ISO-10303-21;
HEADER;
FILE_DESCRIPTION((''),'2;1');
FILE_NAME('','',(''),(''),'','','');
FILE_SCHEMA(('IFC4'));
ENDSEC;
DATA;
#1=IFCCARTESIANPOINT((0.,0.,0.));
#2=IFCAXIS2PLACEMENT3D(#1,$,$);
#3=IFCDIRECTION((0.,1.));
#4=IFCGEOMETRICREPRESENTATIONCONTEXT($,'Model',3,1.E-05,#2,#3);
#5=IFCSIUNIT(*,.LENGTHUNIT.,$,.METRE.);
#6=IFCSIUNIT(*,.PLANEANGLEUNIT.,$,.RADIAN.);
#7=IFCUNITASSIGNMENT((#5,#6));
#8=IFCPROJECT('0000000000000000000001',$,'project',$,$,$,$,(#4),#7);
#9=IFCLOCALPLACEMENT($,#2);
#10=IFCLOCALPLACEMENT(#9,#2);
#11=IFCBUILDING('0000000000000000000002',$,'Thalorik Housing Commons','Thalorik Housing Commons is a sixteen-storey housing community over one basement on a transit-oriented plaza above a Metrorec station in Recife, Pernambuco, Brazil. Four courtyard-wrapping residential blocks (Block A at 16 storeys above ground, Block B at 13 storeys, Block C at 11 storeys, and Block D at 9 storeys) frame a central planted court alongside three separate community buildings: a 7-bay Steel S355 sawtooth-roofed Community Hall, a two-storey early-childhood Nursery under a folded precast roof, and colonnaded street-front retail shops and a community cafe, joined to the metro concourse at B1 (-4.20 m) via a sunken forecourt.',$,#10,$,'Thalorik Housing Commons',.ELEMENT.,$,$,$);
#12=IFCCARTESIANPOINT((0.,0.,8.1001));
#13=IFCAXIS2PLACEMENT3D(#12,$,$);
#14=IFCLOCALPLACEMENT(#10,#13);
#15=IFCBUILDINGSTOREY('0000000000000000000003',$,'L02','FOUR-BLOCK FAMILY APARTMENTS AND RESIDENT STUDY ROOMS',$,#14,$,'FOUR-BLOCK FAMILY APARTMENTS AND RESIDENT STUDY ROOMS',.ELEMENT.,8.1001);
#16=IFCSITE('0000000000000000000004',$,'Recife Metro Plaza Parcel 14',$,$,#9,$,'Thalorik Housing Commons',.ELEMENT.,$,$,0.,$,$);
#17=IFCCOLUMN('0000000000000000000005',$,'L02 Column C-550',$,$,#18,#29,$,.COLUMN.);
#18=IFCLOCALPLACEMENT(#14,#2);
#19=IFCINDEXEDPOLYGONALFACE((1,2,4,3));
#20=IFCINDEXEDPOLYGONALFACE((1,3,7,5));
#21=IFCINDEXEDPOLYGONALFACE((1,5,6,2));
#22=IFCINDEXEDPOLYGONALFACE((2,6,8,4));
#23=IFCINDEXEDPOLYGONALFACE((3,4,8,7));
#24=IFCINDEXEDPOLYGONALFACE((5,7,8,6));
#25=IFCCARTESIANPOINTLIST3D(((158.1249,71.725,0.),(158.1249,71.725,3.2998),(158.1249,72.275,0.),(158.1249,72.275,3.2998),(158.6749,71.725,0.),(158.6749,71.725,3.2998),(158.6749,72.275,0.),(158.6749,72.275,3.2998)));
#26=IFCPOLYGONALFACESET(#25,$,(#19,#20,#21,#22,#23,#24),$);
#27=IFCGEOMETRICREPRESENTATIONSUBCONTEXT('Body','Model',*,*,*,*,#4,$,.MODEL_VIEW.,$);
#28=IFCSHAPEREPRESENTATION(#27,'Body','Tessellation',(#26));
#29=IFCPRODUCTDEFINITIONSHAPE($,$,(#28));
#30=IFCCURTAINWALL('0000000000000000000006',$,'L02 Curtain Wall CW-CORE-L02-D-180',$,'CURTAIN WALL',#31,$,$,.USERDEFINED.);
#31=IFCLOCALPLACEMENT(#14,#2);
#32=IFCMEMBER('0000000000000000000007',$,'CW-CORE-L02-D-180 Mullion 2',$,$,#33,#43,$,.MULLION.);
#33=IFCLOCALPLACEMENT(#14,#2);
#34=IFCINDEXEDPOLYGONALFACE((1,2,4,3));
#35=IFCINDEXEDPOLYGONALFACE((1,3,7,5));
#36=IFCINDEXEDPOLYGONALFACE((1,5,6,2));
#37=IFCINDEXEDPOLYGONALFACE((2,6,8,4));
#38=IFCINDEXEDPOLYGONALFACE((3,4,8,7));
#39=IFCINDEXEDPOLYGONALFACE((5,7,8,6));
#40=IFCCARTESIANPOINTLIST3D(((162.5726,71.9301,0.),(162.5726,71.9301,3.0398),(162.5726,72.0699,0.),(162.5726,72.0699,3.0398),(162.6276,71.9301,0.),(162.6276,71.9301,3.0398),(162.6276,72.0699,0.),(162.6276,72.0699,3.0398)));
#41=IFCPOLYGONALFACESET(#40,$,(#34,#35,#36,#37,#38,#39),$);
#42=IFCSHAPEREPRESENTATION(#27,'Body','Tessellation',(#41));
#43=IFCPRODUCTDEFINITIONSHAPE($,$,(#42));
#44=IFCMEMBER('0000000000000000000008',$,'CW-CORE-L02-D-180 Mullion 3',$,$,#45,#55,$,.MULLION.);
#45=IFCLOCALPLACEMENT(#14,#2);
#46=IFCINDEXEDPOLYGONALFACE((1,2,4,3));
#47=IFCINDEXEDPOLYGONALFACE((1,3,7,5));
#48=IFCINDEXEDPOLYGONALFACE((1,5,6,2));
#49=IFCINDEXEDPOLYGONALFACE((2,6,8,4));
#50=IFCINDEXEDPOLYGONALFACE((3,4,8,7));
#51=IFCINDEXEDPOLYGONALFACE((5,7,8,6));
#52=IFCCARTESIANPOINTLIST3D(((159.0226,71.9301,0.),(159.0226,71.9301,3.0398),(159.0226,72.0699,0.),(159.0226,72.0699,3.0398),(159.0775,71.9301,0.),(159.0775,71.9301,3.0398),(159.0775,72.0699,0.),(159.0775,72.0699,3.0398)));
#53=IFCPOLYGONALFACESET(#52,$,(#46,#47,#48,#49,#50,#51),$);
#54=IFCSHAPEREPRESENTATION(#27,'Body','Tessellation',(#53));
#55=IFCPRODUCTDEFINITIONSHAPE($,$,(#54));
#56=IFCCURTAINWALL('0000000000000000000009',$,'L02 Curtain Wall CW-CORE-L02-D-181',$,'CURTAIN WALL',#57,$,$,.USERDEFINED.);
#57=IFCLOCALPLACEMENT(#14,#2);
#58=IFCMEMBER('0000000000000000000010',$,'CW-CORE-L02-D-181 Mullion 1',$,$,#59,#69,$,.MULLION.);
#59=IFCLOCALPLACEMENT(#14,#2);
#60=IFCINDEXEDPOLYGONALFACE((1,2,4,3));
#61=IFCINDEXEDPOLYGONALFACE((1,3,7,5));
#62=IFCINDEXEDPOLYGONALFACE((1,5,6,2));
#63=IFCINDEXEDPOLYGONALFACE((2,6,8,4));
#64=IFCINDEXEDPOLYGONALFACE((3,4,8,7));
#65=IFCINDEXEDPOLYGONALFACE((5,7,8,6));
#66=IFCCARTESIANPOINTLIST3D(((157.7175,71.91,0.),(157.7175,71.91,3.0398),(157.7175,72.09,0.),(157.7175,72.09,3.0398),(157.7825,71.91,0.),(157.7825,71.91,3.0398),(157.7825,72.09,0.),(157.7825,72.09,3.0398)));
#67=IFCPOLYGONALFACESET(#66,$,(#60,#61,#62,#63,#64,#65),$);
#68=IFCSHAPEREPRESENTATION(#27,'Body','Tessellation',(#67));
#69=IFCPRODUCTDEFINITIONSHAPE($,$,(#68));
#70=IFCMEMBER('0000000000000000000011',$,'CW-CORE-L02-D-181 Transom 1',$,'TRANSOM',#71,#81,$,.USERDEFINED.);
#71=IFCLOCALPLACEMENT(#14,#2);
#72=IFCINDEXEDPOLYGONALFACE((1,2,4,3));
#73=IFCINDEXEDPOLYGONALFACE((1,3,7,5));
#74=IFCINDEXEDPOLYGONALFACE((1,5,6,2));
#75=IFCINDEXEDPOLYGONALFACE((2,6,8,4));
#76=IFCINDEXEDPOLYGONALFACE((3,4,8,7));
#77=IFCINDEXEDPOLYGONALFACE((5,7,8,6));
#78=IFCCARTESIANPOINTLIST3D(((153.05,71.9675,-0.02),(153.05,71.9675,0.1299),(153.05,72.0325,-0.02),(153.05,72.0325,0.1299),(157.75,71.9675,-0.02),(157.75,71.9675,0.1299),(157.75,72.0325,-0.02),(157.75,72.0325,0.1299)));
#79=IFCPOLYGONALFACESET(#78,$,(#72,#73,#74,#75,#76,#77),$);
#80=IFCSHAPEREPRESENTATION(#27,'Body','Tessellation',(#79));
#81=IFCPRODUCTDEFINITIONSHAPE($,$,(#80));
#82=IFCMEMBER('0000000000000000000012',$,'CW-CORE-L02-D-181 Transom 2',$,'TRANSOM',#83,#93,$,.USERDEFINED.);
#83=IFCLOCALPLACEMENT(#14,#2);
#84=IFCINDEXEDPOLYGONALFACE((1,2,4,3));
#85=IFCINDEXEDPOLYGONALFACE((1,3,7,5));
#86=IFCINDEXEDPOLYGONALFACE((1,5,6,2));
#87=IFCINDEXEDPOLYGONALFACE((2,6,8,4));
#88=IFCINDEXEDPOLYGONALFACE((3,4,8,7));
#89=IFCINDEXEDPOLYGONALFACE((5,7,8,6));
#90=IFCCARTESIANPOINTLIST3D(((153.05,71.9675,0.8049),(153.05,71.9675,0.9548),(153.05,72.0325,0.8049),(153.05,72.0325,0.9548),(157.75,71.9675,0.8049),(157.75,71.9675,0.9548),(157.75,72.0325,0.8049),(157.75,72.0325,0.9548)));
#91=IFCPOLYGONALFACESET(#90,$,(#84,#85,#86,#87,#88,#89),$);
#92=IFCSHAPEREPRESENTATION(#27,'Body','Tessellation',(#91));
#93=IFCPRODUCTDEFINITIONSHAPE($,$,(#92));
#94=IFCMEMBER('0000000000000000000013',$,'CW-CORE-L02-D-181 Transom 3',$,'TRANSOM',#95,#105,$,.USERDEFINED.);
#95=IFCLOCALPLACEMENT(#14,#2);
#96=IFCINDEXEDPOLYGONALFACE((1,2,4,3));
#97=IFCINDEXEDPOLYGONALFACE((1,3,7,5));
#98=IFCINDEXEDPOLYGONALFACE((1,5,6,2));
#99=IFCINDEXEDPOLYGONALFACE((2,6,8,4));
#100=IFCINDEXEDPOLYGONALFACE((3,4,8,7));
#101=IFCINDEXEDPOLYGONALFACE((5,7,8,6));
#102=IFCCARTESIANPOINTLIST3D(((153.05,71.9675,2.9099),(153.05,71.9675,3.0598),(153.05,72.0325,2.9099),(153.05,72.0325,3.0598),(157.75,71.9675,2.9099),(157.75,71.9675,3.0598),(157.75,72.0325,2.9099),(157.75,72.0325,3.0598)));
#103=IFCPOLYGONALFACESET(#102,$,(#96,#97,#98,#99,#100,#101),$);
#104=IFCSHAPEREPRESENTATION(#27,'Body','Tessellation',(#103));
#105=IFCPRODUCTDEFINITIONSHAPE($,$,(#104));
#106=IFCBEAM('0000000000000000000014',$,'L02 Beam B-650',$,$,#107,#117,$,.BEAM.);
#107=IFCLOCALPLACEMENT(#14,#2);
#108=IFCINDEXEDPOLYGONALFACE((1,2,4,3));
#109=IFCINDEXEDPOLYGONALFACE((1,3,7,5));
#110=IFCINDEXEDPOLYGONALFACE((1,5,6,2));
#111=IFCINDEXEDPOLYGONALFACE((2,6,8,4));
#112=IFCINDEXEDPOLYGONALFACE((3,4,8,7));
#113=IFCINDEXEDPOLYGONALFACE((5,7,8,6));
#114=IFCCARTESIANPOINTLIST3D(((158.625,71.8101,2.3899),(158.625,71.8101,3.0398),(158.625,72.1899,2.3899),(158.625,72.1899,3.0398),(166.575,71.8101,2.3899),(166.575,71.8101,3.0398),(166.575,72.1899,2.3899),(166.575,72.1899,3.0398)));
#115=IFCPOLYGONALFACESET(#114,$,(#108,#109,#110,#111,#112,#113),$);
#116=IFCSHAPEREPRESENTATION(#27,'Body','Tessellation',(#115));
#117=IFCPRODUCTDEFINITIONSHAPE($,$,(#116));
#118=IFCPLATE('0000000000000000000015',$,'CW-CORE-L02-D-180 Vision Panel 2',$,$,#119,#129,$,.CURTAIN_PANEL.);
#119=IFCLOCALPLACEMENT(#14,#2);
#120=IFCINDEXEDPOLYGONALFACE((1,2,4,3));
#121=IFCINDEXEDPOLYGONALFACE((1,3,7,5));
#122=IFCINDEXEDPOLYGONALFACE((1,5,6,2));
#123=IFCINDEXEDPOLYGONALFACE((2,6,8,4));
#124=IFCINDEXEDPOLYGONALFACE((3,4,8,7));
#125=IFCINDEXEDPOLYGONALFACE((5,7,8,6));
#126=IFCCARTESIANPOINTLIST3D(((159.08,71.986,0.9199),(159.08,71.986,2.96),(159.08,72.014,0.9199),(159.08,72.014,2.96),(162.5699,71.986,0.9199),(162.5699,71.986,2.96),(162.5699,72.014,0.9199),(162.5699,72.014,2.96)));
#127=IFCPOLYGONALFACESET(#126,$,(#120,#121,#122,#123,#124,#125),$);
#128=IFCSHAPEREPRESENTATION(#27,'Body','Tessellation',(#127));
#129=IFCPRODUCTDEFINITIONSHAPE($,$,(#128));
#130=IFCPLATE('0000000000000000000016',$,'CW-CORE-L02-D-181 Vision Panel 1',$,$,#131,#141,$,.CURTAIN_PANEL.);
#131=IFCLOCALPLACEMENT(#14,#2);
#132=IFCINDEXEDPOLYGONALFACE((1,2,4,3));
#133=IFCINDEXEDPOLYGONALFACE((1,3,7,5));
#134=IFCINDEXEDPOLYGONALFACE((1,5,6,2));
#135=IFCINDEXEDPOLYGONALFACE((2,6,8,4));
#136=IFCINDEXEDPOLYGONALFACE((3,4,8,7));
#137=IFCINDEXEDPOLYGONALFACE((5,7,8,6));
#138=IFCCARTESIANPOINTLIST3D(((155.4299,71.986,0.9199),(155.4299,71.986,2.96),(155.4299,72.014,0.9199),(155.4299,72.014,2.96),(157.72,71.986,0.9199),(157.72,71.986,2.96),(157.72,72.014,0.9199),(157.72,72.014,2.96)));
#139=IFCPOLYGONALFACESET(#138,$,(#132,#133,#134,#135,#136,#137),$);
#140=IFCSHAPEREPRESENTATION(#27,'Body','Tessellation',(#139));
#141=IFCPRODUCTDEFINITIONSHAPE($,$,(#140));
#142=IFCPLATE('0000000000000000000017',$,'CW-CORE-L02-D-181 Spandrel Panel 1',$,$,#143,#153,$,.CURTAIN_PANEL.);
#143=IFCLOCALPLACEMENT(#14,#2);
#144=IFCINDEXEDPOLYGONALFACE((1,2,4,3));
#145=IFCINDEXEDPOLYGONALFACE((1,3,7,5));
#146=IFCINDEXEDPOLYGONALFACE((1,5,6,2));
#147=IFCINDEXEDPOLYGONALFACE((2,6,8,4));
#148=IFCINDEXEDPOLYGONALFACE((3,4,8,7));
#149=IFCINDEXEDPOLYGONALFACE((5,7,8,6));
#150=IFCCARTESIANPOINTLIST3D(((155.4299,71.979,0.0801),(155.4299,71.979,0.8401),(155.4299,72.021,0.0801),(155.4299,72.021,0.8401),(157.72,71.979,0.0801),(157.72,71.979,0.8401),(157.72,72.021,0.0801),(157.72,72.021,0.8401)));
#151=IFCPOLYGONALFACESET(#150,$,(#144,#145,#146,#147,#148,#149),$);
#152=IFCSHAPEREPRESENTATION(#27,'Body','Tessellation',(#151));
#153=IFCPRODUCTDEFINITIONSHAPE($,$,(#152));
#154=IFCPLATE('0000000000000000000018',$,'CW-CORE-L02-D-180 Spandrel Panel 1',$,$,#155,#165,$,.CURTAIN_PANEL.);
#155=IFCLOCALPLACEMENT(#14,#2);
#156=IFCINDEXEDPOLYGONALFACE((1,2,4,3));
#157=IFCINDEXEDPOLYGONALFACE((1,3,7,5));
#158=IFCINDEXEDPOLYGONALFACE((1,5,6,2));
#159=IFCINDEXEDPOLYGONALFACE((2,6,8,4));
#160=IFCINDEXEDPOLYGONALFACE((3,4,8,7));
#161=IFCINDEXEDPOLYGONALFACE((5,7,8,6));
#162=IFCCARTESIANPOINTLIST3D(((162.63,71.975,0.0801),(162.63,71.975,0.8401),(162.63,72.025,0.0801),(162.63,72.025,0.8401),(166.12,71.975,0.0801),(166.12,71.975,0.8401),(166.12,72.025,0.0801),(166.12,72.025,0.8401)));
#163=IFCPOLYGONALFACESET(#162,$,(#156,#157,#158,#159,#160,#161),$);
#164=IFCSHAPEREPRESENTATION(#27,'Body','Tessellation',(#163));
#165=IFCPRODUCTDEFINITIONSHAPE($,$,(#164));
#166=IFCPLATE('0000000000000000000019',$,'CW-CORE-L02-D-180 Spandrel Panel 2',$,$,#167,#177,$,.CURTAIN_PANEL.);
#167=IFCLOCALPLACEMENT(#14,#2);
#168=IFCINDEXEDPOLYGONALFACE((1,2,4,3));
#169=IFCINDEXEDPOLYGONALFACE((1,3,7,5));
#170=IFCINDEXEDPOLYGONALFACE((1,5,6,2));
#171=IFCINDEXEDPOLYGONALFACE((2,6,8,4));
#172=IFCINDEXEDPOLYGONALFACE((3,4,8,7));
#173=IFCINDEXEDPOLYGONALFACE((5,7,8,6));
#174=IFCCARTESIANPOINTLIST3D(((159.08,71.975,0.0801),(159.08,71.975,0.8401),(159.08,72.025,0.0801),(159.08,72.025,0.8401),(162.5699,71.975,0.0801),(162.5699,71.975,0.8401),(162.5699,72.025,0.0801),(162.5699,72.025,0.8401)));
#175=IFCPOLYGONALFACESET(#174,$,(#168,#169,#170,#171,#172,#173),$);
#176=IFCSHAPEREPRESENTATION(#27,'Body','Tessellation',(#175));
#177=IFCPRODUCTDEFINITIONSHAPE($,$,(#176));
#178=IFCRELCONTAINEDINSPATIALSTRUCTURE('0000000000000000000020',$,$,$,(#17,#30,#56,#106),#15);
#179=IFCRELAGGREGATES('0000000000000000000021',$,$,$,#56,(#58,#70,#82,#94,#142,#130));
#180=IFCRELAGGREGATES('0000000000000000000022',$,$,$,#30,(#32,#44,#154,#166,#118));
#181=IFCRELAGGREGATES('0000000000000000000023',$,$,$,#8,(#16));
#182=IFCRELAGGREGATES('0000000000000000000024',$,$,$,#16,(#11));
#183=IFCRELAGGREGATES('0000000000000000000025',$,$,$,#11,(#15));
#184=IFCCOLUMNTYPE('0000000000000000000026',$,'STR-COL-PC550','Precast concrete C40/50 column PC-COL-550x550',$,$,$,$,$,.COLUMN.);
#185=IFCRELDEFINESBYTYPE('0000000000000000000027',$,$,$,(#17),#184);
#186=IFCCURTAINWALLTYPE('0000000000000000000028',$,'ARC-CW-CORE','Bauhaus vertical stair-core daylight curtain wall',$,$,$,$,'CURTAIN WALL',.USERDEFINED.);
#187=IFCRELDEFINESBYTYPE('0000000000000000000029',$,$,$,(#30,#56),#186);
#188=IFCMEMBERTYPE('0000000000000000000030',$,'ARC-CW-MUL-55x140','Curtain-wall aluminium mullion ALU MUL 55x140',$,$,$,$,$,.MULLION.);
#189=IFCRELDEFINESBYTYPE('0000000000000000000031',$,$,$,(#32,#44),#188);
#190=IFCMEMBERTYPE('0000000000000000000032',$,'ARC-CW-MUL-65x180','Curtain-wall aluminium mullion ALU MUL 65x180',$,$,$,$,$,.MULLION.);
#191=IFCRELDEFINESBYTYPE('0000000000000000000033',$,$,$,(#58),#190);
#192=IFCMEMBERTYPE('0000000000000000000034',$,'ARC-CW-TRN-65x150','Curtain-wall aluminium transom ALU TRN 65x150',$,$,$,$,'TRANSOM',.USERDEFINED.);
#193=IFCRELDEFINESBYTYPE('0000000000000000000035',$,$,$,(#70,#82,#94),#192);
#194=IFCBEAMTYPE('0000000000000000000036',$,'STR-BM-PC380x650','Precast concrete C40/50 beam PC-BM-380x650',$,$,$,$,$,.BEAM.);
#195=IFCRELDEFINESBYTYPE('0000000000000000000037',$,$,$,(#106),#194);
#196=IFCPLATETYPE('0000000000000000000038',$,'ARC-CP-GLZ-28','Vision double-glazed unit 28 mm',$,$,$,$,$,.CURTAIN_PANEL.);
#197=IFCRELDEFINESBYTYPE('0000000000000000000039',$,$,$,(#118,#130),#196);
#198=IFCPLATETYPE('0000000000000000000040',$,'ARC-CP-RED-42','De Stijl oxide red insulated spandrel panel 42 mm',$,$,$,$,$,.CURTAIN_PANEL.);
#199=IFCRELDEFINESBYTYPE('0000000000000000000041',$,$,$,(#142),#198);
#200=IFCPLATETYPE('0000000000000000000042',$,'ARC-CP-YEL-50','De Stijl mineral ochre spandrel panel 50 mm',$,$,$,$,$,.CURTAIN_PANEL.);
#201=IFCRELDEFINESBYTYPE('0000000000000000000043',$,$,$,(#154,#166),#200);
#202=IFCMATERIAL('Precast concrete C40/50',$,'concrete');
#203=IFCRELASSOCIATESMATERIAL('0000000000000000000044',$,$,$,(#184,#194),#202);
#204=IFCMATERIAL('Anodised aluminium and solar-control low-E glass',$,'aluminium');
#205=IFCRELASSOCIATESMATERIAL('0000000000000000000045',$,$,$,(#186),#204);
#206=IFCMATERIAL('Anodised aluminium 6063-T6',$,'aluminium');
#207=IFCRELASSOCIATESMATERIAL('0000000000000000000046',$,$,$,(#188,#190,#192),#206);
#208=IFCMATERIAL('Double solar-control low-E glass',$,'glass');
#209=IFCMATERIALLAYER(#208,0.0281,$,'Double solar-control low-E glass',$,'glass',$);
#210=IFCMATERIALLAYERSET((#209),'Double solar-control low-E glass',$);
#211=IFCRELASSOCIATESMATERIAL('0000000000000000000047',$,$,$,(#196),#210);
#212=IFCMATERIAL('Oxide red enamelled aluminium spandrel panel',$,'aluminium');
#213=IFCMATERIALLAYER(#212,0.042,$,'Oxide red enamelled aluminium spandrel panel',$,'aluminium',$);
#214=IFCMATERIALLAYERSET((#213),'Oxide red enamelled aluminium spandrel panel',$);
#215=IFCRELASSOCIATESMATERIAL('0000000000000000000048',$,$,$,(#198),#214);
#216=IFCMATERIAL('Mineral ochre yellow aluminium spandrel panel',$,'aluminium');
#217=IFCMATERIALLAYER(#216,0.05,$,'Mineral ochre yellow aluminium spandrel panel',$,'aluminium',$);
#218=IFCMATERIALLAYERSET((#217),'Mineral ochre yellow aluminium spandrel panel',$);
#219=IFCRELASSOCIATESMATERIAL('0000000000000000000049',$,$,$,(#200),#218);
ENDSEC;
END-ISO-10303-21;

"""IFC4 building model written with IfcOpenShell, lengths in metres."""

from ifc_helpers import new_model, si_unit, direction, frame, origin, origin_2d, place, context, subcontext, project, spatial, rectangle, extrude, material, layer, layer_set, material_profile, profile_set, type_object, element, aggregate, save


model = new_model("IFC4")

# Units and contexts
model_context = context("Model", 3, precision=1e-05, world=origin(), true_north=direction((0.0, 1.0)))
body_context = subcontext(model_context, "Body", "Model", "MODEL_VIEW")
ifc_project = project(units=[si_unit("LENGTHUNIT", "METRE"), si_unit("PLANEANGLEUNIT", "RADIAN")], contexts=[model_context])

# Site, building, storey
site_placement = place(None, origin())
site = spatial("IfcSite", under=ifc_project, at=site_placement, Name="Recife Metro Plaza Parcel 14", LongName="Thalorik Housing Commons", CompositionType="ELEMENT", RefElevation=0.0)
building_placement = place(site_placement, origin())
building = spatial("IfcBuilding", under=site, at=building_placement, Name="Thalorik Housing Commons", Description="Thalorik Housing Commons is a sixteen-storey housing community over one basement on a transit-oriented plaza above a Metrorec station in Recife, Pernambuco, Brazil. Four courtyard-wrapping residential blocks (Block A at 16 storeys above ground, Block B at 13 storeys, Block C at 11 storeys, and Block D at 9 storeys) frame a central planted court alongside three separate community buildings: a 7-bay Steel S355 sawtooth-roofed Community Hall, a two-storey early-childhood Nursery under a folded precast roof, and colonnaded street-front retail shops and a community cafe, joined to the metro concourse at B1 (-4.20 m) via a sunken forecourt.", LongName="Thalorik Housing Commons", CompositionType="ELEMENT")
storey_placement = place(building_placement, frame((0.0, 0.0, 8.1001)))
storey = spatial("IfcBuildingStorey", under=building, at=storey_placement, Name="L02", Description="FOUR-BLOCK FAMILY APARTMENTS AND RESIDENT STUDY ROOMS", LongName="FOUR-BLOCK FAMILY APARTMENTS AND RESIDENT STUDY ROOMS", CompositionType="ELEMENT", Elevation=8.1001)

# Column
ifc_material_1 = material(Name="Precast concrete C40/50", Category="concrete")
ifc_material_profile_1 = material_profile(ifc_material_1, rectangle(XDim=0.55, YDim=0.55, at=origin_2d()), Name="PC 550x550", Category="concrete")
ifc_profile_set_1 = profile_set([ifc_material_profile_1], Name="Precast concrete C40/50")
column_type = type_object("IfcColumnType", Name="STR-COL-PC550", Description="Precast concrete C40/50 column PC-COL-550x550", PredefinedType="COLUMN", material=ifc_profile_set_1)
column_placement = place(storey_placement, frame((158.3999, 72.0, 0.0), z_axis=(0.0, 0.0, 1.0), x_axis=(1.0, 0.0, 0.0)))
element("IfcColumn", 1, at=column_placement, inside=storey, type_object=column_type, Name="L02 Column C-550", PredefinedType="COLUMN", context=body_context, shape_type="SweptSolid", body=[
    extrude(rectangle(XDim=0.55, YDim=0.55, at=origin_2d()), origin(), (0.0, 0.0, 1.0), 3.2998),
])

# Curtain walls, members
ifc_material_2 = material(Name="Anodised aluminium and solar-control low-E glass", Category="aluminium")
curtain_wall_type = type_object("IfcCurtainWallType", Name="ARC-CW-CORE", Description="Bauhaus vertical stair-core daylight curtain wall", ElementType="CURTAIN WALL", PredefinedType="USERDEFINED", material=ifc_material_2)
curtain_wall_1_placement = place(storey_placement, origin())
curtain_wall_1 = element("IfcCurtainWall", 2, at=curtain_wall_1_placement, inside=storey, type_object=curtain_wall_type, Name="L02 Curtain Wall CW-CORE-L02-D-180", ObjectType="CURTAIN WALL", PredefinedType="USERDEFINED")
ifc_material_3 = material(Name="Anodised aluminium 6063-T6", Category="aluminium")
ifc_material_profile_2 = material_profile(ifc_material_3, rectangle(XDim=0.0549, YDim=0.1399, at=origin_2d()), Name="ALU MUL 55x140", Category="aluminium")
ifc_profile_set_2 = profile_set([ifc_material_profile_2], Name="Anodised aluminium 6063-T6")
member_type_1 = type_object("IfcMemberType", Name="ARC-CW-MUL-55x140", Description="Curtain-wall aluminium mullion ALU MUL 55x140", PredefinedType="MULLION", material=ifc_profile_set_2)
member_1_placement = place(storey_placement, frame((162.6001, 72.0, 0.0), z_axis=(0.0, 0.0, 1.0), x_axis=(-1.0, 0.0, 0.0)))
member_1 = element("IfcMember", 3, at=member_1_placement, type_object=member_type_1, Name="CW-CORE-L02-D-180 Mullion 2", PredefinedType="MULLION", context=body_context, shape_type="SweptSolid", body=[
    extrude(rectangle(XDim=0.0549, YDim=0.1399, at=origin_2d()), origin(), (0.0, 0.0, 1.0), 3.0398),
])
member_2_placement = place(storey_placement, frame((159.05, 72.0, 0.0), z_axis=(0.0, 0.0, 1.0), x_axis=(-1.0, 0.0, 0.0)))
member_2 = element("IfcMember", 4, at=member_2_placement, type_object=member_type_1, Name="CW-CORE-L02-D-180 Mullion 3", PredefinedType="MULLION", context=body_context, shape_type="SweptSolid", body=[
    extrude(rectangle(XDim=0.0549, YDim=0.1399, at=origin_2d()), origin(), (0.0, 0.0, 1.0), 3.0398),
])
curtain_wall_2_placement = place(storey_placement, origin())
curtain_wall_2 = element("IfcCurtainWall", 5, at=curtain_wall_2_placement, inside=storey, type_object=curtain_wall_type, Name="L02 Curtain Wall CW-CORE-L02-D-181", ObjectType="CURTAIN WALL", PredefinedType="USERDEFINED")
ifc_material_profile_3 = material_profile(ifc_material_3, rectangle(XDim=0.0649, YDim=0.1799, at=origin_2d()), Name="ALU MUL 65x180", Category="aluminium")
ifc_profile_set_3 = profile_set([ifc_material_profile_3], Name="Anodised aluminium 6063-T6")
member_type_2 = type_object("IfcMemberType", Name="ARC-CW-MUL-65x180", Description="Curtain-wall aluminium mullion ALU MUL 65x180", PredefinedType="MULLION", material=ifc_profile_set_3)
member_3_placement = place(storey_placement, frame((157.75, 72.0, 0.0), z_axis=(0.0, 0.0, 1.0), x_axis=(-1.0, 0.0, 0.0)))
member_3 = element("IfcMember", 6, at=member_3_placement, type_object=member_type_2, Name="CW-CORE-L02-D-181 Mullion 1", PredefinedType="MULLION", context=body_context, shape_type="SweptSolid", body=[
    extrude(rectangle(XDim=0.0649, YDim=0.1799, at=origin_2d()), origin(), (0.0, 0.0, 1.0), 3.0398),
])
ifc_material_profile_4 = material_profile(ifc_material_3, rectangle(XDim=0.0649, YDim=0.1499, at=origin_2d()), Name="ALU TRN 65x150", Category="aluminium")
ifc_profile_set_4 = profile_set([ifc_material_profile_4], Name="Anodised aluminium 6063-T6")
member_type_3 = type_object("IfcMemberType", Name="ARC-CW-TRN-65x150", Description="Curtain-wall aluminium transom ALU TRN 65x150", ElementType="TRANSOM", PredefinedType="USERDEFINED", material=ifc_profile_set_4)
member_4_placement = place(storey_placement, frame((157.75, 72.0, 0.0549), z_axis=(-1.0, 0.0, 0.0), x_axis=(0.0, -1.0, 0.0)))
member_4 = element("IfcMember", 7, at=member_4_placement, type_object=member_type_3, Name="CW-CORE-L02-D-181 Transom 1", ObjectType="TRANSOM", PredefinedType="USERDEFINED", context=body_context, shape_type="SweptSolid", body=[
    extrude(rectangle(XDim=0.0649, YDim=0.1499, at=origin_2d()), origin(), (0.0, 0.0, 1.0), 4.7),
])
member_5_placement = place(storey_placement, frame((157.75, 72.0, 0.8799), z_axis=(-1.0, 0.0, 0.0), x_axis=(0.0, -1.0, 0.0)))
member_5 = element("IfcMember", 8, at=member_5_placement, type_object=member_type_3, Name="CW-CORE-L02-D-181 Transom 2", ObjectType="TRANSOM", PredefinedType="USERDEFINED", context=body_context, shape_type="SweptSolid", body=[
    extrude(rectangle(XDim=0.0649, YDim=0.1499, at=origin_2d()), origin(), (0.0, 0.0, 1.0), 4.7),
])
member_6_placement = place(storey_placement, frame((157.75, 72.0, 2.9849), z_axis=(-1.0, 0.0, 0.0), x_axis=(0.0, -1.0, 0.0)))
member_6 = element("IfcMember", 9, at=member_6_placement, type_object=member_type_3, Name="CW-CORE-L02-D-181 Transom 3", ObjectType="TRANSOM", PredefinedType="USERDEFINED", context=body_context, shape_type="SweptSolid", body=[
    extrude(rectangle(XDim=0.0649, YDim=0.1499, at=origin_2d()), origin(), (0.0, 0.0, 1.0), 4.7),
])

# Beam
ifc_material_profile_5 = material_profile(ifc_material_1, rectangle(XDim=0.3799, YDim=0.6499, at=origin_2d()), Name="PC 380x650", Category="concrete")
ifc_profile_set_5 = profile_set([ifc_material_profile_5], Name="Precast concrete C40/50")
beam_type = type_object("IfcBeamType", Name="STR-BM-PC380x650", Description="Precast concrete C40/50 beam PC-BM-380x650", PredefinedType="BEAM", material=ifc_profile_set_5)
beam_placement = place(storey_placement, frame((158.625, 72.0, 2.7148), z_axis=(1.0, 0.0, 0.0), x_axis=(0.0, 1.0, 0.0)))
element("IfcBeam", 10, at=beam_placement, inside=storey, type_object=beam_type, Name="L02 Beam B-650", PredefinedType="BEAM", context=body_context, shape_type="SweptSolid", body=[
    extrude(rectangle(XDim=0.3799, YDim=0.6499, at=origin_2d()), origin(), (0.0, 0.0, 1.0), 7.95),
])

# Plates
ifc_material_4 = material(Name="Double solar-control low-E glass", Category="glass")
ifc_layer_1 = layer(ifc_material_4, 0.0281, Name="Double solar-control low-E glass", Category="glass")
ifc_layer_set_1 = layer_set([ifc_layer_1], Name="Double solar-control low-E glass")
plate_type_1 = type_object("IfcPlateType", Name="ARC-CP-GLZ-28", Description="Vision double-glazed unit 28 mm", PredefinedType="CURTAIN_PANEL", material=ifc_layer_set_1)
plate_1_placement = place(storey_placement, frame((160.825, 72.0, 0.9199), z_axis=(0.0, 0.0, 1.0), x_axis=(-1.0, 0.0, 0.0)))
plate_1 = element("IfcPlate", 11, at=plate_1_placement, type_object=plate_type_1, Name="CW-CORE-L02-D-180 Vision Panel 2", PredefinedType="CURTAIN_PANEL", context=body_context, shape_type="SweptSolid", body=[
    extrude(rectangle(XDim=3.49, YDim=0.0281, at=origin_2d()), origin(), (0.0, 0.0, 1.0), 2.04),
])
plate_2_placement = place(storey_placement, frame((156.575, 72.0, 0.9199), z_axis=(0.0, 0.0, 1.0), x_axis=(-1.0, 0.0, 0.0)))
plate_2 = element("IfcPlate", 12, at=plate_2_placement, type_object=plate_type_1, Name="CW-CORE-L02-D-181 Vision Panel 1", PredefinedType="CURTAIN_PANEL", context=body_context, shape_type="SweptSolid", body=[
    extrude(rectangle(XDim=2.29, YDim=0.0281, at=origin_2d()), origin(), (0.0, 0.0, 1.0), 2.04),
])
ifc_material_5 = material(Name="Oxide red enamelled aluminium spandrel panel", Category="aluminium")
ifc_layer_2 = layer(ifc_material_5, 0.042, Name="Oxide red enamelled aluminium spandrel panel", Category="aluminium")
ifc_layer_set_2 = layer_set([ifc_layer_2], Name="Oxide red enamelled aluminium spandrel panel")
plate_type_2 = type_object("IfcPlateType", Name="ARC-CP-RED-42", Description="De Stijl oxide red insulated spandrel panel 42 mm", PredefinedType="CURTAIN_PANEL", material=ifc_layer_set_2)
plate_3_placement = place(storey_placement, frame((156.575, 72.0, 0.0801), z_axis=(0.0, 0.0, 1.0), x_axis=(-1.0, 0.0, 0.0)))
plate_3 = element("IfcPlate", 13, at=plate_3_placement, type_object=plate_type_2, Name="CW-CORE-L02-D-181 Spandrel Panel 1", PredefinedType="CURTAIN_PANEL", context=body_context, shape_type="SweptSolid", body=[
    extrude(rectangle(XDim=2.29, YDim=0.042, at=origin_2d()), origin(), (0.0, 0.0, 1.0), 0.76),
])
aggregate(curtain_wall_2, [member_3, member_4, member_5, member_6, plate_3, plate_2])
ifc_material_6 = material(Name="Mineral ochre yellow aluminium spandrel panel", Category="aluminium")
ifc_layer_3 = layer(ifc_material_6, 0.05, Name="Mineral ochre yellow aluminium spandrel panel", Category="aluminium")
ifc_layer_set_3 = layer_set([ifc_layer_3], Name="Mineral ochre yellow aluminium spandrel panel")
plate_type_3 = type_object("IfcPlateType", Name="ARC-CP-YEL-50", Description="De Stijl mineral ochre spandrel panel 50 mm", PredefinedType="CURTAIN_PANEL", material=ifc_layer_set_3)
plate_4_placement = place(storey_placement, frame((164.375, 72.0, 0.0801), z_axis=(0.0, 0.0, 1.0), x_axis=(-1.0, 0.0, 0.0)))
plate_4 = element("IfcPlate", 14, at=plate_4_placement, type_object=plate_type_3, Name="CW-CORE-L02-D-180 Spandrel Panel 1", PredefinedType="CURTAIN_PANEL", context=body_context, shape_type="SweptSolid", body=[
    extrude(rectangle(XDim=3.49, YDim=0.05, at=origin_2d()), origin(), (0.0, 0.0, 1.0), 0.76),
])
plate_5_placement = place(storey_placement, frame((160.825, 72.0, 0.0801), z_axis=(0.0, 0.0, 1.0), x_axis=(-1.0, 0.0, 0.0)))
plate_5 = element("IfcPlate", 15, at=plate_5_placement, type_object=plate_type_3, Name="CW-CORE-L02-D-180 Spandrel Panel 2", PredefinedType="CURTAIN_PANEL", context=body_context, shape_type="SweptSolid", body=[
    extrude(rectangle(XDim=3.49, YDim=0.05, at=origin_2d()), origin(), (0.0, 0.0, 1.0), 0.76),
])
aggregate(curtain_wall_1, [member_1, member_2, plate_4, plate_5, plate_1])

save(model, "model.ifc")
